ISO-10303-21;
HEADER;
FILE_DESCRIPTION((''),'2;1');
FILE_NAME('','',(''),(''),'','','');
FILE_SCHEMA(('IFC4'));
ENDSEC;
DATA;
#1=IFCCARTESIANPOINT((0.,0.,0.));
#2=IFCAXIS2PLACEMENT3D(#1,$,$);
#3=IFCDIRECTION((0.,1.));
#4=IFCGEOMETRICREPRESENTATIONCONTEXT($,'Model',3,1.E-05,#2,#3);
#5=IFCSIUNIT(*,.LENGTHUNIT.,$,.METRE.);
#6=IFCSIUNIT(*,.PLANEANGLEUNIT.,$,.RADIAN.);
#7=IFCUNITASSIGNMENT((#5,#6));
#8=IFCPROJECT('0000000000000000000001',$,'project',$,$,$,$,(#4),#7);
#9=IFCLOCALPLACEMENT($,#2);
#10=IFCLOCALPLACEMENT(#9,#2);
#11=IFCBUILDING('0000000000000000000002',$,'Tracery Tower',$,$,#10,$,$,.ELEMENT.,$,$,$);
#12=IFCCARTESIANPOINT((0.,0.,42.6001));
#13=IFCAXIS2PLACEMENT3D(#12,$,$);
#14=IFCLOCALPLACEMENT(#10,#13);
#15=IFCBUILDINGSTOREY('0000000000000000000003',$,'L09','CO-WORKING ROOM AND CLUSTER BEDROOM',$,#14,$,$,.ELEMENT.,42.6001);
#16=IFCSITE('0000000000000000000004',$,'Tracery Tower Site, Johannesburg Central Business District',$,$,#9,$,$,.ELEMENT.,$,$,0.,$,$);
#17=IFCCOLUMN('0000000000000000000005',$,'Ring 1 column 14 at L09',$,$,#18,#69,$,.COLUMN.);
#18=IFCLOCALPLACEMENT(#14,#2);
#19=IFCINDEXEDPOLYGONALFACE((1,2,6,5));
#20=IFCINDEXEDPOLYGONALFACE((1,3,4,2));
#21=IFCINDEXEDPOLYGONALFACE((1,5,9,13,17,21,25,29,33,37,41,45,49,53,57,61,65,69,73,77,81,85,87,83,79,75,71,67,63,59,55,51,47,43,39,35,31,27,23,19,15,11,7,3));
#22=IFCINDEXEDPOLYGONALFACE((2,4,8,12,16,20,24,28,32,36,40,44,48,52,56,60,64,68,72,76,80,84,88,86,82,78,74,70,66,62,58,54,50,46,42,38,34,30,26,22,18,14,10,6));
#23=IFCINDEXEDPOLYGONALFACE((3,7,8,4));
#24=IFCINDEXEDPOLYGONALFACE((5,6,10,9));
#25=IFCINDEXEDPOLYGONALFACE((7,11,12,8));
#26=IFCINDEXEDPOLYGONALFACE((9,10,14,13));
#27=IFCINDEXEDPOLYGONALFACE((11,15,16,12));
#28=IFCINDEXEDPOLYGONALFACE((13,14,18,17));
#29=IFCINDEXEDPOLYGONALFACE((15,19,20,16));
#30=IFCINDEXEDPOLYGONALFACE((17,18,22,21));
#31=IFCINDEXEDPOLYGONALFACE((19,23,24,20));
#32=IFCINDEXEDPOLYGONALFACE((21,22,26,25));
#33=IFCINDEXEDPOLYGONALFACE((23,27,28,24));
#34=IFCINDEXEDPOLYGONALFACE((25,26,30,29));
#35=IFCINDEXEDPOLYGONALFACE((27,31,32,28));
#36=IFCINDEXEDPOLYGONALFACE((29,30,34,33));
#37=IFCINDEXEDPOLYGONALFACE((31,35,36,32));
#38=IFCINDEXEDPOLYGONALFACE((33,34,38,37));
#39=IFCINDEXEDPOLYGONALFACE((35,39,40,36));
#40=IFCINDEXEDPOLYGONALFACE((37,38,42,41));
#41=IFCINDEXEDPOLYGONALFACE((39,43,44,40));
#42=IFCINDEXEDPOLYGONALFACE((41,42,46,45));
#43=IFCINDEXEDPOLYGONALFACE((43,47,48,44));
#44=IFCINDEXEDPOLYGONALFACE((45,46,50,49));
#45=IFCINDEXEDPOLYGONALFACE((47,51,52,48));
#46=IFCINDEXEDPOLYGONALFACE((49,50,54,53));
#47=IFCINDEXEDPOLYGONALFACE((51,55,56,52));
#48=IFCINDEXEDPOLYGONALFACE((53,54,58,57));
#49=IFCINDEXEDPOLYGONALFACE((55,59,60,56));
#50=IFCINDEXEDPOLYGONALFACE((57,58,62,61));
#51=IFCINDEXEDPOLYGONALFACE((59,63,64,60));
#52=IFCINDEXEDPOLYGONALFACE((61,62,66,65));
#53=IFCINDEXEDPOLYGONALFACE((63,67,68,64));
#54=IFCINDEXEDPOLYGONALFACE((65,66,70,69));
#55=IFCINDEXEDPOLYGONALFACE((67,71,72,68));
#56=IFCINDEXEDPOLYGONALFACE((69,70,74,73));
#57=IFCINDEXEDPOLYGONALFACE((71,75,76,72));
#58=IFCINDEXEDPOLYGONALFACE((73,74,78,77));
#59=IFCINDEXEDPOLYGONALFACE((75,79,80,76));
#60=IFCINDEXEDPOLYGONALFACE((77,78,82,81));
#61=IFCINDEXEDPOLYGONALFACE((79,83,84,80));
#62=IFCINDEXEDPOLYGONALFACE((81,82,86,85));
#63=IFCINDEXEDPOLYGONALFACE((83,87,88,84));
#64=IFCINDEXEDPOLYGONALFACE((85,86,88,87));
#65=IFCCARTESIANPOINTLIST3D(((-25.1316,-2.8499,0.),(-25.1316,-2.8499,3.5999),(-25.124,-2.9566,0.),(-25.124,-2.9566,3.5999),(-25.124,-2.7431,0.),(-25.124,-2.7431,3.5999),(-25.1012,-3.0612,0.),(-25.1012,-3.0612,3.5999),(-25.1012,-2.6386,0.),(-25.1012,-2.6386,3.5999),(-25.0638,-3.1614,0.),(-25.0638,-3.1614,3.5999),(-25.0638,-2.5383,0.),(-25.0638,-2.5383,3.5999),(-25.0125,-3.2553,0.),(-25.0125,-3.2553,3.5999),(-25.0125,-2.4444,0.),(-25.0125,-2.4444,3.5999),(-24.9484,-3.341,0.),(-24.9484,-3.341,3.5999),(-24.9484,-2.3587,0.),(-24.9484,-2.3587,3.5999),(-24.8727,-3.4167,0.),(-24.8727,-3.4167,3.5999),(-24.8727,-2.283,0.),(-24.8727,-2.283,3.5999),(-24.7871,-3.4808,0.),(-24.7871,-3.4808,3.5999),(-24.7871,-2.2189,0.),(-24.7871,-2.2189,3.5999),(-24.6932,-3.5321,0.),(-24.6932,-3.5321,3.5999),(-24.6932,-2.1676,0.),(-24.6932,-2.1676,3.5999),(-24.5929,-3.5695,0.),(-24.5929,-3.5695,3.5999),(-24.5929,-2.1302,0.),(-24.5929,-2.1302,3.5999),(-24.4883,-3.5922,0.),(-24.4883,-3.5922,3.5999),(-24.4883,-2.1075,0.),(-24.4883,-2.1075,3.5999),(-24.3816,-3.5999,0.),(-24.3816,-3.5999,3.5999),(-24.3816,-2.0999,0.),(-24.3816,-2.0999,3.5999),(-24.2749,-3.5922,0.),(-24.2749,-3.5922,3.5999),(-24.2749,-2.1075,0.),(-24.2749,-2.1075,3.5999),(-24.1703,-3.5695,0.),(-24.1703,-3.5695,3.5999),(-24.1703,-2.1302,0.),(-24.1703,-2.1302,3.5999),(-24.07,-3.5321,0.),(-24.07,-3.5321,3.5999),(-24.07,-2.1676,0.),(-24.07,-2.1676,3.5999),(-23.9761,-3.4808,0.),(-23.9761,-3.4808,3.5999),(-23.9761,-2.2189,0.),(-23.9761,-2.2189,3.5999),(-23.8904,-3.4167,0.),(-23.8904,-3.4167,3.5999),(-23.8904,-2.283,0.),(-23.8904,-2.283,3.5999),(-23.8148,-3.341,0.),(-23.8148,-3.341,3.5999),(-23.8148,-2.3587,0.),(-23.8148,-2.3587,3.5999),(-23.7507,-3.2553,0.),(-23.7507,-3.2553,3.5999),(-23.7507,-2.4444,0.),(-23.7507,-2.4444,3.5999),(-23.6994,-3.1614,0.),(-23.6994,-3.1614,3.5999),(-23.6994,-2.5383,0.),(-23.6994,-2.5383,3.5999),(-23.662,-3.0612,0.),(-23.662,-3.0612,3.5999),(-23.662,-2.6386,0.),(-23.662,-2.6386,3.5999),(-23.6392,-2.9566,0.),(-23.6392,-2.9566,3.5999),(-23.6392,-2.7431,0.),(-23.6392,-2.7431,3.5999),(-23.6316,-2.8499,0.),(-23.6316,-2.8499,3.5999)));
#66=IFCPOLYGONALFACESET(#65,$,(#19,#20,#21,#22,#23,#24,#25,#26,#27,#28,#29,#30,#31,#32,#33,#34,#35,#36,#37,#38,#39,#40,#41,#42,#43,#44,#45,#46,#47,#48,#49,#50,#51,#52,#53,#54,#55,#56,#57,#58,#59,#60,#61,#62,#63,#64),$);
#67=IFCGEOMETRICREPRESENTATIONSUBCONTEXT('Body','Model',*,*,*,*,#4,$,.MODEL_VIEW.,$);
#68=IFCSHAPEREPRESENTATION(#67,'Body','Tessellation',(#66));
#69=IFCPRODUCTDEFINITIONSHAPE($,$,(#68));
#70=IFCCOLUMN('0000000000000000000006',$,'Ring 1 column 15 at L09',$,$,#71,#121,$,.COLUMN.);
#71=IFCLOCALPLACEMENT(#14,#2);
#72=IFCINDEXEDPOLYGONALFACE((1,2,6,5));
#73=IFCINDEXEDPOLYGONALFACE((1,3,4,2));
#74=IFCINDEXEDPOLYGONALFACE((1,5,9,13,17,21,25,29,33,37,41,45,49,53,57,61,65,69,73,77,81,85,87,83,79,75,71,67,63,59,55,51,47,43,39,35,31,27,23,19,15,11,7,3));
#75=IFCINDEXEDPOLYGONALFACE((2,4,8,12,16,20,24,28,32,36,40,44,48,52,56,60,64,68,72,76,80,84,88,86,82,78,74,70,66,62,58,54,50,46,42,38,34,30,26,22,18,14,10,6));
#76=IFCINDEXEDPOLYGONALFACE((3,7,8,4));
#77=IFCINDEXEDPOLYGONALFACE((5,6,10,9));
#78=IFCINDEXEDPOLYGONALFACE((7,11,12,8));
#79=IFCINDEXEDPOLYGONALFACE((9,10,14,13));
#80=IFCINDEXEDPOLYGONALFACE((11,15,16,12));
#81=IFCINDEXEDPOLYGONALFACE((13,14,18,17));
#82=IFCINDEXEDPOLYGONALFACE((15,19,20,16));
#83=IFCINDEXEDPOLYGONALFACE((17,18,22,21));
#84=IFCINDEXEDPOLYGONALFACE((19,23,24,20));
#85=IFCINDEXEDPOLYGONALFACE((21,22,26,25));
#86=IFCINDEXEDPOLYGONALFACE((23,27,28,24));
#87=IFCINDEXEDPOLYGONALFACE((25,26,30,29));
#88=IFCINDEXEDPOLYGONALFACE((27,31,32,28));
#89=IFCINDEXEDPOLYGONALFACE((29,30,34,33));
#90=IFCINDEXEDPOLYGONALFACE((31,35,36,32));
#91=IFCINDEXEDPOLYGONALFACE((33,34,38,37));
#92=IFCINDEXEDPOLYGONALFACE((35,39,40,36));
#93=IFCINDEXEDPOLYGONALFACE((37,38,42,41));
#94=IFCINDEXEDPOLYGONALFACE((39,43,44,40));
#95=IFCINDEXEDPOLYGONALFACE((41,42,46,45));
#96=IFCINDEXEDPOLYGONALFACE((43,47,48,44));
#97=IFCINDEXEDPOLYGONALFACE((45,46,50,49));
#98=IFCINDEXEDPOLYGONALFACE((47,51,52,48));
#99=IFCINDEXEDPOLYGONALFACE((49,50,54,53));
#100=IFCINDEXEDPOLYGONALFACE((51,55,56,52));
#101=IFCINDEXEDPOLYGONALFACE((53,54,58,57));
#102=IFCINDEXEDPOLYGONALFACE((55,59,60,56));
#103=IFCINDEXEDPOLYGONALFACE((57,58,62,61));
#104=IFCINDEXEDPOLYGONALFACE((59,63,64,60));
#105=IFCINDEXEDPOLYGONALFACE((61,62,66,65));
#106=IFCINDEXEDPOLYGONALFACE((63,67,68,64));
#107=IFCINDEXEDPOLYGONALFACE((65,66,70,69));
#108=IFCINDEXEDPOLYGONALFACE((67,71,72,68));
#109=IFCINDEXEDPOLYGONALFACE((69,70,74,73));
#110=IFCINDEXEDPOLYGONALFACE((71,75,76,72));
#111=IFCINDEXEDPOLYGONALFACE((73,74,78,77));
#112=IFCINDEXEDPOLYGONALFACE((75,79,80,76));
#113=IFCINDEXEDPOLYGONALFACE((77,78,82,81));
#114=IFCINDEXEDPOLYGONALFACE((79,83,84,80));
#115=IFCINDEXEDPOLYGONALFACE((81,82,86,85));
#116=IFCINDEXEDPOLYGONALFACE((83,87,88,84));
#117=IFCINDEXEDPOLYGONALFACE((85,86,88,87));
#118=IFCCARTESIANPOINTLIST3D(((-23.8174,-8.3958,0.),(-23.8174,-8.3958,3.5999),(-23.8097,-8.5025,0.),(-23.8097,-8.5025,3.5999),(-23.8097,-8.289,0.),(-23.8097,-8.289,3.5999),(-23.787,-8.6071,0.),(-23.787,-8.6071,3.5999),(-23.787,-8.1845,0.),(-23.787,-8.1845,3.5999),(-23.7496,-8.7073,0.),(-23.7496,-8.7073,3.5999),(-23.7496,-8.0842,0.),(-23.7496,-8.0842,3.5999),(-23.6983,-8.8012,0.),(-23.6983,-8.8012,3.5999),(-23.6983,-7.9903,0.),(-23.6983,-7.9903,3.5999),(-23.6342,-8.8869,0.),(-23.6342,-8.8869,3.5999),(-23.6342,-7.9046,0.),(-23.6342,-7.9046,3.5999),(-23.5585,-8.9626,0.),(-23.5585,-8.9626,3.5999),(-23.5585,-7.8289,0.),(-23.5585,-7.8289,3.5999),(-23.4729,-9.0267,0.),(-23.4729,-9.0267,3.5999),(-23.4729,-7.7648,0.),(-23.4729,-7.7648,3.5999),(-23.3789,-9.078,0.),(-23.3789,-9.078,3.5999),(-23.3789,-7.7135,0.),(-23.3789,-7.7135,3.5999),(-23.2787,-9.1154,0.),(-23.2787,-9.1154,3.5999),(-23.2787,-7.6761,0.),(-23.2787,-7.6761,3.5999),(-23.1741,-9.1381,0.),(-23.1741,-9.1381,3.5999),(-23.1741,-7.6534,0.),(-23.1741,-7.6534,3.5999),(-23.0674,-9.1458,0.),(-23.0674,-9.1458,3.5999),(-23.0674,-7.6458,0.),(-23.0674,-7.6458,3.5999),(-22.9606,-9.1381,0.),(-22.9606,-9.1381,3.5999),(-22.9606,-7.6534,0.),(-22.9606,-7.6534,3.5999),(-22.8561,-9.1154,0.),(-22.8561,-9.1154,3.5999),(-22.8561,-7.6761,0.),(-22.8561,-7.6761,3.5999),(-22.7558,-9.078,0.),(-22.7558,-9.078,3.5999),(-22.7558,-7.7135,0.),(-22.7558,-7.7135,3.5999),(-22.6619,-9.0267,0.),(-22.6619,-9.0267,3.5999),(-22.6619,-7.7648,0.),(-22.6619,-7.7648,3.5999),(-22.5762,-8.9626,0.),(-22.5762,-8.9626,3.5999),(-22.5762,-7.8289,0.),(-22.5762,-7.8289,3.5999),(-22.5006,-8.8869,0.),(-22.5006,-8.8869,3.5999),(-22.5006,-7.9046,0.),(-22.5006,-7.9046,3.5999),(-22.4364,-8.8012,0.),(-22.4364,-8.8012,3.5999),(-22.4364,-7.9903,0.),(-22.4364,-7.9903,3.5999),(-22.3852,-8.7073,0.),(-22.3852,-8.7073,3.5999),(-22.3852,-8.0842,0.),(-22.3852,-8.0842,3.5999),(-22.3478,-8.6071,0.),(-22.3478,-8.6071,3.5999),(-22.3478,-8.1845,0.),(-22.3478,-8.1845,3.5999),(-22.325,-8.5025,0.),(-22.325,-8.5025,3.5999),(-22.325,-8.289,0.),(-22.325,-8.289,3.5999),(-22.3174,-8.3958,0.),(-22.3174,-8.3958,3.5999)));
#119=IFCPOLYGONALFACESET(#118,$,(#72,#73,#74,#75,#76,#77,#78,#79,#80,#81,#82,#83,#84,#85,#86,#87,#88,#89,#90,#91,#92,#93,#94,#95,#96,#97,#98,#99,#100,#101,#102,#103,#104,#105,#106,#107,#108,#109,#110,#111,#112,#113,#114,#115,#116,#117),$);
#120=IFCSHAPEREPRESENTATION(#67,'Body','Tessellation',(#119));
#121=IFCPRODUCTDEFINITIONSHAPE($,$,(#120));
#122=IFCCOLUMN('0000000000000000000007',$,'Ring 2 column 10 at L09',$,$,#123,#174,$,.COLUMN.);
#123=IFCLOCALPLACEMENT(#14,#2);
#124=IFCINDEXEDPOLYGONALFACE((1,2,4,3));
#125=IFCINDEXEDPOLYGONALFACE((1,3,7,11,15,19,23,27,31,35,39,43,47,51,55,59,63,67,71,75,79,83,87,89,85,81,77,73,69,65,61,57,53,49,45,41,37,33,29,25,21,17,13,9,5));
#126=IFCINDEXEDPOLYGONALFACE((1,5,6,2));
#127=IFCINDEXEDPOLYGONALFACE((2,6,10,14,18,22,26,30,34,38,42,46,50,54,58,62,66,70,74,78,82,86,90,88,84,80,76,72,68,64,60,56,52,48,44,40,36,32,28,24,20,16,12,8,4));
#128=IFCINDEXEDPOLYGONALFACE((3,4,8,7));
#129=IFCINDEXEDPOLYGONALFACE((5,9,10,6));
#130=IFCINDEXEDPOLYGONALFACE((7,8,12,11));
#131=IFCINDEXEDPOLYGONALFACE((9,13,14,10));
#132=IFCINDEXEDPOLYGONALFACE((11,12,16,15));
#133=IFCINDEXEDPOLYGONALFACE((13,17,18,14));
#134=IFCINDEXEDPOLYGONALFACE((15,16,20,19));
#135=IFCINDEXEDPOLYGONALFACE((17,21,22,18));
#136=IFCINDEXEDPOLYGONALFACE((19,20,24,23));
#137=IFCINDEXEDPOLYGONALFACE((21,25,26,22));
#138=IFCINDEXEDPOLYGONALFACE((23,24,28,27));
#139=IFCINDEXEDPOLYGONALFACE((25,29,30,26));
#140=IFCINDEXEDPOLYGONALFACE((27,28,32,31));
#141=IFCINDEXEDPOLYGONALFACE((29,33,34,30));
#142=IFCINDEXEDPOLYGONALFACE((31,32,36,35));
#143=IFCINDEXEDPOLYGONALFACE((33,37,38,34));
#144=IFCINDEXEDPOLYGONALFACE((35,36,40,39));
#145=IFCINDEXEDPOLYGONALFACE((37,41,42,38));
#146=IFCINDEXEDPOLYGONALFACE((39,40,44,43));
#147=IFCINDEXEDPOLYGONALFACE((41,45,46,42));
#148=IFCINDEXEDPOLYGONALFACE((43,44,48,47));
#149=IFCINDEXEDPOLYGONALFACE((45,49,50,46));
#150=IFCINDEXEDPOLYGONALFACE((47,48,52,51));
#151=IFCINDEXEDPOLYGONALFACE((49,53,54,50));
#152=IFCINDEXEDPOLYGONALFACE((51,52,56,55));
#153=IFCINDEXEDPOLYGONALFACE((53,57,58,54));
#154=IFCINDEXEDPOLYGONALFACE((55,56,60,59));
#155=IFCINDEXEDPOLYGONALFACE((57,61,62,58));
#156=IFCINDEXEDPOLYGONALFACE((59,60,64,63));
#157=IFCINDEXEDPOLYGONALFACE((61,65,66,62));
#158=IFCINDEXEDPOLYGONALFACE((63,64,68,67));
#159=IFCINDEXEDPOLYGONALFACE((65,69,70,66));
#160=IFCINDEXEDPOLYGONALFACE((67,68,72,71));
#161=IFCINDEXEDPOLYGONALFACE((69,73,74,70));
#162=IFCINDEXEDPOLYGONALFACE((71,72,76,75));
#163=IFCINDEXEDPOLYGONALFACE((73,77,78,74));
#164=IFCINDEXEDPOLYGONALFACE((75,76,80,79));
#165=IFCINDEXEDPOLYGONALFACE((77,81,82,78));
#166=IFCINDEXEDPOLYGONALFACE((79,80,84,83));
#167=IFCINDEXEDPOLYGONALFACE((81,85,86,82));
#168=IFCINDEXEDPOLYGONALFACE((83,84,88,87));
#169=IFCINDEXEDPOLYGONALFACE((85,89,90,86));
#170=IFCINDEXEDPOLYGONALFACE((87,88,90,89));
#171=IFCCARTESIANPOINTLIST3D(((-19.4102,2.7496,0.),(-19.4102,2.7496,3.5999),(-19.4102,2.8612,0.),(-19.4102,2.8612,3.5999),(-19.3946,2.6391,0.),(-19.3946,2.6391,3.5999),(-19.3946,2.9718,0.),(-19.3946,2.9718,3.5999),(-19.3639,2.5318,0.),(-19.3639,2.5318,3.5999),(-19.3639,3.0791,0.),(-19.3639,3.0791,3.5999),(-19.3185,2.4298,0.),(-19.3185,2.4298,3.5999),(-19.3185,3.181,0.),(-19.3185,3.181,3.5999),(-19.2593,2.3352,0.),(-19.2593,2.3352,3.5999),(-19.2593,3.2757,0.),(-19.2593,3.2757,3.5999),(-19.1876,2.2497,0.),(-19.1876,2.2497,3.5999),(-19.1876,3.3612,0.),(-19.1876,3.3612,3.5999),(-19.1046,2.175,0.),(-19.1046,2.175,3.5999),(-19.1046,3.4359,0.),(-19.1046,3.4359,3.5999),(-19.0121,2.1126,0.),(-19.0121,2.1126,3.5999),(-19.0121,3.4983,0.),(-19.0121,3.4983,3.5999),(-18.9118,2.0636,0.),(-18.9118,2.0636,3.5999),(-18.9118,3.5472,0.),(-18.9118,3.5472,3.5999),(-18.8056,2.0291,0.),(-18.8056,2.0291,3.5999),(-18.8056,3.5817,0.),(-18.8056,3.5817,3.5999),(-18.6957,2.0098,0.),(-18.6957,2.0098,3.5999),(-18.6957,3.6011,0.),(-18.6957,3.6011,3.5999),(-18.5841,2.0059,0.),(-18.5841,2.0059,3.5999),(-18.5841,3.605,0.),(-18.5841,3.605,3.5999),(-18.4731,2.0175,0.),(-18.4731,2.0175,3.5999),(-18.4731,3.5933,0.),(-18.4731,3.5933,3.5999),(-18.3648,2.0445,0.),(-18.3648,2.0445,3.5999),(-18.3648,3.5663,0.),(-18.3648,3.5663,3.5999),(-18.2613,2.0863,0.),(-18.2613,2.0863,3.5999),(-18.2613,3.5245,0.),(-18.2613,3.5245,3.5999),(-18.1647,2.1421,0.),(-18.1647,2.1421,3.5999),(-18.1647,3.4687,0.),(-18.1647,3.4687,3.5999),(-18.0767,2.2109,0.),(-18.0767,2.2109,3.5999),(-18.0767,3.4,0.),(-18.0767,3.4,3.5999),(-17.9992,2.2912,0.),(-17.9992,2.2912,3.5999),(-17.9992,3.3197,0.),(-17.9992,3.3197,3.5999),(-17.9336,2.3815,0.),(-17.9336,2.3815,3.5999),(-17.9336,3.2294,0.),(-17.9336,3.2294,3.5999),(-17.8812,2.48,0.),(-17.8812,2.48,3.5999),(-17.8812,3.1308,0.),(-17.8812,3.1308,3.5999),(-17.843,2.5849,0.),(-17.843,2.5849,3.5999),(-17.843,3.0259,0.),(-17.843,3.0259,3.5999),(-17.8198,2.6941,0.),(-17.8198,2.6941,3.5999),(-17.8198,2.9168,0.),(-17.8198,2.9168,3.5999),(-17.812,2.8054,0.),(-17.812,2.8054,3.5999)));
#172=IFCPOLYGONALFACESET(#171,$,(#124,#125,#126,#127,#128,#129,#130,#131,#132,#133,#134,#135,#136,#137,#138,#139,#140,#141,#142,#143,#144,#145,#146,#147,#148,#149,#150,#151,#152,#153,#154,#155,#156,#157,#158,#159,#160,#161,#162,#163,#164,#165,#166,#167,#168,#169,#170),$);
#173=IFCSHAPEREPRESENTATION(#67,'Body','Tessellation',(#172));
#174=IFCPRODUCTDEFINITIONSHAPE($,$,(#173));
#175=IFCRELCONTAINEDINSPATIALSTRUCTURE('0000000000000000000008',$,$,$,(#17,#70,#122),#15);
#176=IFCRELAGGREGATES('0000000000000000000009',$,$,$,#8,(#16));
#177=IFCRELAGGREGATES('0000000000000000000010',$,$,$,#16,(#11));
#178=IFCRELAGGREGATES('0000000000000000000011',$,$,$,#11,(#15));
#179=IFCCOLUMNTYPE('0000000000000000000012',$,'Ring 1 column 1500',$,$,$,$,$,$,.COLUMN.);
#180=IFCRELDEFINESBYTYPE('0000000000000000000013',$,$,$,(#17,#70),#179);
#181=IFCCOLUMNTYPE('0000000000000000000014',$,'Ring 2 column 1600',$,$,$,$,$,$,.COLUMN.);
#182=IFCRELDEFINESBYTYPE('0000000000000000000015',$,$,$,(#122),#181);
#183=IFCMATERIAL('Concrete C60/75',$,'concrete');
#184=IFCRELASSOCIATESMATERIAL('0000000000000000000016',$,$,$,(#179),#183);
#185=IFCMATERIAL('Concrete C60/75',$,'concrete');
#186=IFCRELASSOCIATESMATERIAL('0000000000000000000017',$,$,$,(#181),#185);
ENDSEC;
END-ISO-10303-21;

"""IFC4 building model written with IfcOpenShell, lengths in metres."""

from ifc_helpers import new_model, si_unit, direction, frame, origin, origin_2d, place, context, subcontext, project, spatial, circle, extrude, material, material_profile, profile_set, type_object, element, save


model = new_model("IFC4")

# Units and contexts
model_context = context("Model", 3, precision=1e-05, world=origin(), true_north=direction((0.0, 1.0)))
body_context = subcontext(model_context, "Body", "Model", "MODEL_VIEW")
ifc_project = project(units=[si_unit("LENGTHUNIT", "METRE"), si_unit("PLANEANGLEUNIT", "RADIAN")], contexts=[model_context])

# Site, building, storey
site_placement = place(None, origin())
site = spatial("IfcSite", under=ifc_project, at=site_placement, Name="Tracery Tower Site, Johannesburg Central Business District", CompositionType="ELEMENT", RefElevation=0.0)
building_placement = place(site_placement, origin())
building = spatial("IfcBuilding", under=site, at=building_placement, Name="Tracery Tower", CompositionType="ELEMENT")
storey_placement = place(building_placement, frame((0.0, 0.0, 42.6001)))
storey = spatial("IfcBuildingStorey", under=building, at=storey_placement, Name="L09", Description="CO-WORKING ROOM AND CLUSTER BEDROOM", CompositionType="ELEMENT", Elevation=42.6001)

# Columns
ifc_material_1 = material(Name="Concrete C60/75", Category="concrete")
ifc_material_profile_1 = material_profile(ifc_material_1, circle(Radius=0.75, at=origin_2d()), Name="RC D1500")
ifc_profile_set_1 = profile_set([ifc_material_profile_1], Name="Concrete C60/75")
column_type_1 = type_object("IfcColumnType", Name="Ring 1 column 1500", PredefinedType="COLUMN", material=ifc_profile_set_1)
for number, where, z_axis, x_axis, name in (
    (1, (-24.3816, -2.8499, 0.0), (0.0, 0.0, 1.0), (1.0, 0.0, 0.0), "Ring 1 column 14 at L09"),
    (2, (-23.0674, -8.3958, 0.0), (0.0, 0.0, 1.0), (1.0, 0.0, 0.0), "Ring 1 column 15 at L09"),
):
    element("IfcColumn", number, at=place(storey_placement, frame(where, z_axis=z_axis, x_axis=x_axis)), inside=storey, type_object=column_type_1, Name=name, PredefinedType="COLUMN", context=body_context, shape_type="SweptSolid", body=[
        extrude(circle(Radius=0.75, at=origin_2d()), origin(), (0.0, 0.0, 1.0), 3.5999),
    ])
ifc_material_2 = material(Name="Concrete C60/75", Category="concrete")
ifc_material_profile_2 = material_profile(ifc_material_2, circle(Radius=0.8, at=origin_2d()), Name="RC D1600")
ifc_profile_set_2 = profile_set([ifc_material_profile_2], Name="Concrete C60/75")
column_type_2 = type_object("IfcColumnType", Name="Ring 2 column 1600", PredefinedType="COLUMN", material=ifc_profile_set_2)
for number, where, z_axis, x_axis, name in (
    (3, (-18.6121, 2.8054, 0.0), (0.0, 0.0, 1.0), (1.0, 0.0, 0.0), "Ring 2 column 10 at L09"),
):
    element("IfcColumn", number, at=place(storey_placement, frame(where, z_axis=z_axis, x_axis=x_axis)), inside=storey, type_object=column_type_2, Name=name, PredefinedType="COLUMN", context=body_context, shape_type="SweptSolid", body=[
        extrude(circle(Radius=0.8, at=origin_2d()), origin(), (0.0, 0.0, 1.0), 3.5999),
    ])

save(model, "model.ifc")
